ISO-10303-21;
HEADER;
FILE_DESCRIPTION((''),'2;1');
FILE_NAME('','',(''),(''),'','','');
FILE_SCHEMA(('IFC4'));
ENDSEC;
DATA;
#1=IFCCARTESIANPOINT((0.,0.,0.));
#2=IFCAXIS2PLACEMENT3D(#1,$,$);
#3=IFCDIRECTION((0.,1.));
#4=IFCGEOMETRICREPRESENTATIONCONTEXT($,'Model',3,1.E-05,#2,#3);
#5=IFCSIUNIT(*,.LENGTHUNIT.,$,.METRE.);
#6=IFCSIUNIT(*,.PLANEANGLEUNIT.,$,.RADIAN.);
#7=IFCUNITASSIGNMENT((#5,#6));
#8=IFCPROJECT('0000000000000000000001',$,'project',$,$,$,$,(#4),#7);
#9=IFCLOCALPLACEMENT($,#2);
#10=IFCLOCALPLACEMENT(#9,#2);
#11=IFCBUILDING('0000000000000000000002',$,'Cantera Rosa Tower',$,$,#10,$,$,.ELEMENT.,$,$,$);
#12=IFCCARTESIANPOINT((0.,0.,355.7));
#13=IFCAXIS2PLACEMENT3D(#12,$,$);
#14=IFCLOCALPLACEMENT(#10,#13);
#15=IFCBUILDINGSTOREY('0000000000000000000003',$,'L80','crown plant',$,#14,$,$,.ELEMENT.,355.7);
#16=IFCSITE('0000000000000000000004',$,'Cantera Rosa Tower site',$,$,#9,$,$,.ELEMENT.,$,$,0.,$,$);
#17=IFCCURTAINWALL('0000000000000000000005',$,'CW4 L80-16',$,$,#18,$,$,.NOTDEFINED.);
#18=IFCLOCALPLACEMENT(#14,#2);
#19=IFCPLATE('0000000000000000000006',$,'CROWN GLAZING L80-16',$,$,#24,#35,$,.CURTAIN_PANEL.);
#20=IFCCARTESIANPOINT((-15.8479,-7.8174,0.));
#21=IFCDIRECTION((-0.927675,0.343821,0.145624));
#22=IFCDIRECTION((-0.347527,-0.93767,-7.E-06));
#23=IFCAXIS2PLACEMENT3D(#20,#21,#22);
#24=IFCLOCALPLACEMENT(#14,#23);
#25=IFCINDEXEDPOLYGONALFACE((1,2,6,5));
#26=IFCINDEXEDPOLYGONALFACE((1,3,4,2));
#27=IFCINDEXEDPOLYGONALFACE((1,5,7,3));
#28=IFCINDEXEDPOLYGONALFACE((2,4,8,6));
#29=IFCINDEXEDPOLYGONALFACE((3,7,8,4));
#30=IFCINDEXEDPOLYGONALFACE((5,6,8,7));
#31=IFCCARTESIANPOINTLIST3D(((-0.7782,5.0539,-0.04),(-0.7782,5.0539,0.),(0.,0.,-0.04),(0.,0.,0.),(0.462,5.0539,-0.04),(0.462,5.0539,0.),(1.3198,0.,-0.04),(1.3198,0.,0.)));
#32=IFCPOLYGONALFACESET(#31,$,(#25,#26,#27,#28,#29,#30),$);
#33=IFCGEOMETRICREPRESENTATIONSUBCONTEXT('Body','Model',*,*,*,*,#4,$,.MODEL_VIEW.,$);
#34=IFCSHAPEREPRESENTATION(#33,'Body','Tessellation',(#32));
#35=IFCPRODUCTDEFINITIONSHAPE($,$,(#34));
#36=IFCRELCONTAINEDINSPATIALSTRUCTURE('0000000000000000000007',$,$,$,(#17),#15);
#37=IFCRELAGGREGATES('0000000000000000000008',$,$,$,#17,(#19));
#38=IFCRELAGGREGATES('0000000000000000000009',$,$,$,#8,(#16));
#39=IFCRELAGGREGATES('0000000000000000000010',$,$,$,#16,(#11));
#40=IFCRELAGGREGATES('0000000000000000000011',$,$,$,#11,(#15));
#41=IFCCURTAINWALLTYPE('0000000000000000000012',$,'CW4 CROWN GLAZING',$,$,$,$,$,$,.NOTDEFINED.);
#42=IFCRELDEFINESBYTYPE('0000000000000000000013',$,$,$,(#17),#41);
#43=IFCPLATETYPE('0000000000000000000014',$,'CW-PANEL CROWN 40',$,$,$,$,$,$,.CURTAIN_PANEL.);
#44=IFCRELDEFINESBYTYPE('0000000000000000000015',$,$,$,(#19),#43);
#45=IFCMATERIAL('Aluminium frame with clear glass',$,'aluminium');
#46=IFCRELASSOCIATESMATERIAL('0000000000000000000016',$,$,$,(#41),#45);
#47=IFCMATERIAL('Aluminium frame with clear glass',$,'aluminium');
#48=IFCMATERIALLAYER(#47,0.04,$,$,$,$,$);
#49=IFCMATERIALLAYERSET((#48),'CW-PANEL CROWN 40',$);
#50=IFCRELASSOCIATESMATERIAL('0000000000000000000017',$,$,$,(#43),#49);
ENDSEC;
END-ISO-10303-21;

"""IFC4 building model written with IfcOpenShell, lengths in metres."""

from ifc_helpers import new_model, si_unit, direction, frame, origin, place, context, subcontext, project, spatial, polyline, outline, extrude, material, layer, layer_set, type_object, element, aggregate, save


model = new_model("IFC4")

# Units and contexts
model_context = context("Model", 3, precision=1e-05, world=origin(), true_north=direction((0.0, 1.0)))
body_context = subcontext(model_context, "Body", "Model", "MODEL_VIEW")
ifc_project = project(units=[si_unit("LENGTHUNIT", "METRE"), si_unit("PLANEANGLEUNIT", "RADIAN")], contexts=[model_context])

# Site, building, storey
site_placement = place(None, origin())
site = spatial("IfcSite", under=ifc_project, at=site_placement, Name="Cantera Rosa Tower site", CompositionType="ELEMENT", RefElevation=0.0)
building_placement = place(site_placement, origin())
building = spatial("IfcBuilding", under=site, at=building_placement, Name="Cantera Rosa Tower", CompositionType="ELEMENT")
storey_placement = place(building_placement, frame((0.0, 0.0, 355.7)))
storey = spatial("IfcBuildingStorey", under=building, at=storey_placement, Name="L80", Description="crown plant", CompositionType="ELEMENT", Elevation=355.7)

# Curtain wall
ifc_material_1 = material(Name="Aluminium frame with clear glass", Category="aluminium")
curtain_wall_type = type_object("IfcCurtainWallType", Name="CW4 CROWN GLAZING", PredefinedType="NOTDEFINED", material=ifc_material_1)
curtain_wall_1_placement = place(storey_placement, origin())
curtain_wall_1 = element("IfcCurtainWall", 1, at=curtain_wall_1_placement, inside=storey, type_object=curtain_wall_type, Name="CW4 L80-16", PredefinedType="NOTDEFINED")

# Plate
ifc_material_2 = material(Name="Aluminium frame with clear glass", Category="aluminium")
ifc_layer_1 = layer(ifc_material_2, 0.04)
ifc_layer_set_1 = layer_set([ifc_layer_1], Name="CW-PANEL CROWN 40")
plate_type = type_object("IfcPlateType", Name="CW-PANEL CROWN 40", PredefinedType="CURTAIN_PANEL", material=ifc_layer_set_1)
plate_1_placement = place(storey_placement, frame((-15.8479, -7.8174, 0.0), z_axis=(-0.927675, 0.343821, 0.145624), x_axis=(-0.347527, -0.93767, -0.000007)))
plate_1 = element("IfcPlate", 2, at=plate_1_placement, type_object=plate_type, Name="CROWN GLAZING L80-16", PredefinedType="CURTAIN_PANEL", context=body_context, shape_type="SweptSolid", body=[
    extrude(outline(polyline([(0.0, 0.0), (1.3198, 0.0), (0.462, 5.0539), (-0.7782, 5.0539), (0.0, 0.0)])), origin(), (0.0, 0.0, -1.0), 0.04),
])
aggregate(curtain_wall_1, [plate_1])

save(model, "model.ifc")
